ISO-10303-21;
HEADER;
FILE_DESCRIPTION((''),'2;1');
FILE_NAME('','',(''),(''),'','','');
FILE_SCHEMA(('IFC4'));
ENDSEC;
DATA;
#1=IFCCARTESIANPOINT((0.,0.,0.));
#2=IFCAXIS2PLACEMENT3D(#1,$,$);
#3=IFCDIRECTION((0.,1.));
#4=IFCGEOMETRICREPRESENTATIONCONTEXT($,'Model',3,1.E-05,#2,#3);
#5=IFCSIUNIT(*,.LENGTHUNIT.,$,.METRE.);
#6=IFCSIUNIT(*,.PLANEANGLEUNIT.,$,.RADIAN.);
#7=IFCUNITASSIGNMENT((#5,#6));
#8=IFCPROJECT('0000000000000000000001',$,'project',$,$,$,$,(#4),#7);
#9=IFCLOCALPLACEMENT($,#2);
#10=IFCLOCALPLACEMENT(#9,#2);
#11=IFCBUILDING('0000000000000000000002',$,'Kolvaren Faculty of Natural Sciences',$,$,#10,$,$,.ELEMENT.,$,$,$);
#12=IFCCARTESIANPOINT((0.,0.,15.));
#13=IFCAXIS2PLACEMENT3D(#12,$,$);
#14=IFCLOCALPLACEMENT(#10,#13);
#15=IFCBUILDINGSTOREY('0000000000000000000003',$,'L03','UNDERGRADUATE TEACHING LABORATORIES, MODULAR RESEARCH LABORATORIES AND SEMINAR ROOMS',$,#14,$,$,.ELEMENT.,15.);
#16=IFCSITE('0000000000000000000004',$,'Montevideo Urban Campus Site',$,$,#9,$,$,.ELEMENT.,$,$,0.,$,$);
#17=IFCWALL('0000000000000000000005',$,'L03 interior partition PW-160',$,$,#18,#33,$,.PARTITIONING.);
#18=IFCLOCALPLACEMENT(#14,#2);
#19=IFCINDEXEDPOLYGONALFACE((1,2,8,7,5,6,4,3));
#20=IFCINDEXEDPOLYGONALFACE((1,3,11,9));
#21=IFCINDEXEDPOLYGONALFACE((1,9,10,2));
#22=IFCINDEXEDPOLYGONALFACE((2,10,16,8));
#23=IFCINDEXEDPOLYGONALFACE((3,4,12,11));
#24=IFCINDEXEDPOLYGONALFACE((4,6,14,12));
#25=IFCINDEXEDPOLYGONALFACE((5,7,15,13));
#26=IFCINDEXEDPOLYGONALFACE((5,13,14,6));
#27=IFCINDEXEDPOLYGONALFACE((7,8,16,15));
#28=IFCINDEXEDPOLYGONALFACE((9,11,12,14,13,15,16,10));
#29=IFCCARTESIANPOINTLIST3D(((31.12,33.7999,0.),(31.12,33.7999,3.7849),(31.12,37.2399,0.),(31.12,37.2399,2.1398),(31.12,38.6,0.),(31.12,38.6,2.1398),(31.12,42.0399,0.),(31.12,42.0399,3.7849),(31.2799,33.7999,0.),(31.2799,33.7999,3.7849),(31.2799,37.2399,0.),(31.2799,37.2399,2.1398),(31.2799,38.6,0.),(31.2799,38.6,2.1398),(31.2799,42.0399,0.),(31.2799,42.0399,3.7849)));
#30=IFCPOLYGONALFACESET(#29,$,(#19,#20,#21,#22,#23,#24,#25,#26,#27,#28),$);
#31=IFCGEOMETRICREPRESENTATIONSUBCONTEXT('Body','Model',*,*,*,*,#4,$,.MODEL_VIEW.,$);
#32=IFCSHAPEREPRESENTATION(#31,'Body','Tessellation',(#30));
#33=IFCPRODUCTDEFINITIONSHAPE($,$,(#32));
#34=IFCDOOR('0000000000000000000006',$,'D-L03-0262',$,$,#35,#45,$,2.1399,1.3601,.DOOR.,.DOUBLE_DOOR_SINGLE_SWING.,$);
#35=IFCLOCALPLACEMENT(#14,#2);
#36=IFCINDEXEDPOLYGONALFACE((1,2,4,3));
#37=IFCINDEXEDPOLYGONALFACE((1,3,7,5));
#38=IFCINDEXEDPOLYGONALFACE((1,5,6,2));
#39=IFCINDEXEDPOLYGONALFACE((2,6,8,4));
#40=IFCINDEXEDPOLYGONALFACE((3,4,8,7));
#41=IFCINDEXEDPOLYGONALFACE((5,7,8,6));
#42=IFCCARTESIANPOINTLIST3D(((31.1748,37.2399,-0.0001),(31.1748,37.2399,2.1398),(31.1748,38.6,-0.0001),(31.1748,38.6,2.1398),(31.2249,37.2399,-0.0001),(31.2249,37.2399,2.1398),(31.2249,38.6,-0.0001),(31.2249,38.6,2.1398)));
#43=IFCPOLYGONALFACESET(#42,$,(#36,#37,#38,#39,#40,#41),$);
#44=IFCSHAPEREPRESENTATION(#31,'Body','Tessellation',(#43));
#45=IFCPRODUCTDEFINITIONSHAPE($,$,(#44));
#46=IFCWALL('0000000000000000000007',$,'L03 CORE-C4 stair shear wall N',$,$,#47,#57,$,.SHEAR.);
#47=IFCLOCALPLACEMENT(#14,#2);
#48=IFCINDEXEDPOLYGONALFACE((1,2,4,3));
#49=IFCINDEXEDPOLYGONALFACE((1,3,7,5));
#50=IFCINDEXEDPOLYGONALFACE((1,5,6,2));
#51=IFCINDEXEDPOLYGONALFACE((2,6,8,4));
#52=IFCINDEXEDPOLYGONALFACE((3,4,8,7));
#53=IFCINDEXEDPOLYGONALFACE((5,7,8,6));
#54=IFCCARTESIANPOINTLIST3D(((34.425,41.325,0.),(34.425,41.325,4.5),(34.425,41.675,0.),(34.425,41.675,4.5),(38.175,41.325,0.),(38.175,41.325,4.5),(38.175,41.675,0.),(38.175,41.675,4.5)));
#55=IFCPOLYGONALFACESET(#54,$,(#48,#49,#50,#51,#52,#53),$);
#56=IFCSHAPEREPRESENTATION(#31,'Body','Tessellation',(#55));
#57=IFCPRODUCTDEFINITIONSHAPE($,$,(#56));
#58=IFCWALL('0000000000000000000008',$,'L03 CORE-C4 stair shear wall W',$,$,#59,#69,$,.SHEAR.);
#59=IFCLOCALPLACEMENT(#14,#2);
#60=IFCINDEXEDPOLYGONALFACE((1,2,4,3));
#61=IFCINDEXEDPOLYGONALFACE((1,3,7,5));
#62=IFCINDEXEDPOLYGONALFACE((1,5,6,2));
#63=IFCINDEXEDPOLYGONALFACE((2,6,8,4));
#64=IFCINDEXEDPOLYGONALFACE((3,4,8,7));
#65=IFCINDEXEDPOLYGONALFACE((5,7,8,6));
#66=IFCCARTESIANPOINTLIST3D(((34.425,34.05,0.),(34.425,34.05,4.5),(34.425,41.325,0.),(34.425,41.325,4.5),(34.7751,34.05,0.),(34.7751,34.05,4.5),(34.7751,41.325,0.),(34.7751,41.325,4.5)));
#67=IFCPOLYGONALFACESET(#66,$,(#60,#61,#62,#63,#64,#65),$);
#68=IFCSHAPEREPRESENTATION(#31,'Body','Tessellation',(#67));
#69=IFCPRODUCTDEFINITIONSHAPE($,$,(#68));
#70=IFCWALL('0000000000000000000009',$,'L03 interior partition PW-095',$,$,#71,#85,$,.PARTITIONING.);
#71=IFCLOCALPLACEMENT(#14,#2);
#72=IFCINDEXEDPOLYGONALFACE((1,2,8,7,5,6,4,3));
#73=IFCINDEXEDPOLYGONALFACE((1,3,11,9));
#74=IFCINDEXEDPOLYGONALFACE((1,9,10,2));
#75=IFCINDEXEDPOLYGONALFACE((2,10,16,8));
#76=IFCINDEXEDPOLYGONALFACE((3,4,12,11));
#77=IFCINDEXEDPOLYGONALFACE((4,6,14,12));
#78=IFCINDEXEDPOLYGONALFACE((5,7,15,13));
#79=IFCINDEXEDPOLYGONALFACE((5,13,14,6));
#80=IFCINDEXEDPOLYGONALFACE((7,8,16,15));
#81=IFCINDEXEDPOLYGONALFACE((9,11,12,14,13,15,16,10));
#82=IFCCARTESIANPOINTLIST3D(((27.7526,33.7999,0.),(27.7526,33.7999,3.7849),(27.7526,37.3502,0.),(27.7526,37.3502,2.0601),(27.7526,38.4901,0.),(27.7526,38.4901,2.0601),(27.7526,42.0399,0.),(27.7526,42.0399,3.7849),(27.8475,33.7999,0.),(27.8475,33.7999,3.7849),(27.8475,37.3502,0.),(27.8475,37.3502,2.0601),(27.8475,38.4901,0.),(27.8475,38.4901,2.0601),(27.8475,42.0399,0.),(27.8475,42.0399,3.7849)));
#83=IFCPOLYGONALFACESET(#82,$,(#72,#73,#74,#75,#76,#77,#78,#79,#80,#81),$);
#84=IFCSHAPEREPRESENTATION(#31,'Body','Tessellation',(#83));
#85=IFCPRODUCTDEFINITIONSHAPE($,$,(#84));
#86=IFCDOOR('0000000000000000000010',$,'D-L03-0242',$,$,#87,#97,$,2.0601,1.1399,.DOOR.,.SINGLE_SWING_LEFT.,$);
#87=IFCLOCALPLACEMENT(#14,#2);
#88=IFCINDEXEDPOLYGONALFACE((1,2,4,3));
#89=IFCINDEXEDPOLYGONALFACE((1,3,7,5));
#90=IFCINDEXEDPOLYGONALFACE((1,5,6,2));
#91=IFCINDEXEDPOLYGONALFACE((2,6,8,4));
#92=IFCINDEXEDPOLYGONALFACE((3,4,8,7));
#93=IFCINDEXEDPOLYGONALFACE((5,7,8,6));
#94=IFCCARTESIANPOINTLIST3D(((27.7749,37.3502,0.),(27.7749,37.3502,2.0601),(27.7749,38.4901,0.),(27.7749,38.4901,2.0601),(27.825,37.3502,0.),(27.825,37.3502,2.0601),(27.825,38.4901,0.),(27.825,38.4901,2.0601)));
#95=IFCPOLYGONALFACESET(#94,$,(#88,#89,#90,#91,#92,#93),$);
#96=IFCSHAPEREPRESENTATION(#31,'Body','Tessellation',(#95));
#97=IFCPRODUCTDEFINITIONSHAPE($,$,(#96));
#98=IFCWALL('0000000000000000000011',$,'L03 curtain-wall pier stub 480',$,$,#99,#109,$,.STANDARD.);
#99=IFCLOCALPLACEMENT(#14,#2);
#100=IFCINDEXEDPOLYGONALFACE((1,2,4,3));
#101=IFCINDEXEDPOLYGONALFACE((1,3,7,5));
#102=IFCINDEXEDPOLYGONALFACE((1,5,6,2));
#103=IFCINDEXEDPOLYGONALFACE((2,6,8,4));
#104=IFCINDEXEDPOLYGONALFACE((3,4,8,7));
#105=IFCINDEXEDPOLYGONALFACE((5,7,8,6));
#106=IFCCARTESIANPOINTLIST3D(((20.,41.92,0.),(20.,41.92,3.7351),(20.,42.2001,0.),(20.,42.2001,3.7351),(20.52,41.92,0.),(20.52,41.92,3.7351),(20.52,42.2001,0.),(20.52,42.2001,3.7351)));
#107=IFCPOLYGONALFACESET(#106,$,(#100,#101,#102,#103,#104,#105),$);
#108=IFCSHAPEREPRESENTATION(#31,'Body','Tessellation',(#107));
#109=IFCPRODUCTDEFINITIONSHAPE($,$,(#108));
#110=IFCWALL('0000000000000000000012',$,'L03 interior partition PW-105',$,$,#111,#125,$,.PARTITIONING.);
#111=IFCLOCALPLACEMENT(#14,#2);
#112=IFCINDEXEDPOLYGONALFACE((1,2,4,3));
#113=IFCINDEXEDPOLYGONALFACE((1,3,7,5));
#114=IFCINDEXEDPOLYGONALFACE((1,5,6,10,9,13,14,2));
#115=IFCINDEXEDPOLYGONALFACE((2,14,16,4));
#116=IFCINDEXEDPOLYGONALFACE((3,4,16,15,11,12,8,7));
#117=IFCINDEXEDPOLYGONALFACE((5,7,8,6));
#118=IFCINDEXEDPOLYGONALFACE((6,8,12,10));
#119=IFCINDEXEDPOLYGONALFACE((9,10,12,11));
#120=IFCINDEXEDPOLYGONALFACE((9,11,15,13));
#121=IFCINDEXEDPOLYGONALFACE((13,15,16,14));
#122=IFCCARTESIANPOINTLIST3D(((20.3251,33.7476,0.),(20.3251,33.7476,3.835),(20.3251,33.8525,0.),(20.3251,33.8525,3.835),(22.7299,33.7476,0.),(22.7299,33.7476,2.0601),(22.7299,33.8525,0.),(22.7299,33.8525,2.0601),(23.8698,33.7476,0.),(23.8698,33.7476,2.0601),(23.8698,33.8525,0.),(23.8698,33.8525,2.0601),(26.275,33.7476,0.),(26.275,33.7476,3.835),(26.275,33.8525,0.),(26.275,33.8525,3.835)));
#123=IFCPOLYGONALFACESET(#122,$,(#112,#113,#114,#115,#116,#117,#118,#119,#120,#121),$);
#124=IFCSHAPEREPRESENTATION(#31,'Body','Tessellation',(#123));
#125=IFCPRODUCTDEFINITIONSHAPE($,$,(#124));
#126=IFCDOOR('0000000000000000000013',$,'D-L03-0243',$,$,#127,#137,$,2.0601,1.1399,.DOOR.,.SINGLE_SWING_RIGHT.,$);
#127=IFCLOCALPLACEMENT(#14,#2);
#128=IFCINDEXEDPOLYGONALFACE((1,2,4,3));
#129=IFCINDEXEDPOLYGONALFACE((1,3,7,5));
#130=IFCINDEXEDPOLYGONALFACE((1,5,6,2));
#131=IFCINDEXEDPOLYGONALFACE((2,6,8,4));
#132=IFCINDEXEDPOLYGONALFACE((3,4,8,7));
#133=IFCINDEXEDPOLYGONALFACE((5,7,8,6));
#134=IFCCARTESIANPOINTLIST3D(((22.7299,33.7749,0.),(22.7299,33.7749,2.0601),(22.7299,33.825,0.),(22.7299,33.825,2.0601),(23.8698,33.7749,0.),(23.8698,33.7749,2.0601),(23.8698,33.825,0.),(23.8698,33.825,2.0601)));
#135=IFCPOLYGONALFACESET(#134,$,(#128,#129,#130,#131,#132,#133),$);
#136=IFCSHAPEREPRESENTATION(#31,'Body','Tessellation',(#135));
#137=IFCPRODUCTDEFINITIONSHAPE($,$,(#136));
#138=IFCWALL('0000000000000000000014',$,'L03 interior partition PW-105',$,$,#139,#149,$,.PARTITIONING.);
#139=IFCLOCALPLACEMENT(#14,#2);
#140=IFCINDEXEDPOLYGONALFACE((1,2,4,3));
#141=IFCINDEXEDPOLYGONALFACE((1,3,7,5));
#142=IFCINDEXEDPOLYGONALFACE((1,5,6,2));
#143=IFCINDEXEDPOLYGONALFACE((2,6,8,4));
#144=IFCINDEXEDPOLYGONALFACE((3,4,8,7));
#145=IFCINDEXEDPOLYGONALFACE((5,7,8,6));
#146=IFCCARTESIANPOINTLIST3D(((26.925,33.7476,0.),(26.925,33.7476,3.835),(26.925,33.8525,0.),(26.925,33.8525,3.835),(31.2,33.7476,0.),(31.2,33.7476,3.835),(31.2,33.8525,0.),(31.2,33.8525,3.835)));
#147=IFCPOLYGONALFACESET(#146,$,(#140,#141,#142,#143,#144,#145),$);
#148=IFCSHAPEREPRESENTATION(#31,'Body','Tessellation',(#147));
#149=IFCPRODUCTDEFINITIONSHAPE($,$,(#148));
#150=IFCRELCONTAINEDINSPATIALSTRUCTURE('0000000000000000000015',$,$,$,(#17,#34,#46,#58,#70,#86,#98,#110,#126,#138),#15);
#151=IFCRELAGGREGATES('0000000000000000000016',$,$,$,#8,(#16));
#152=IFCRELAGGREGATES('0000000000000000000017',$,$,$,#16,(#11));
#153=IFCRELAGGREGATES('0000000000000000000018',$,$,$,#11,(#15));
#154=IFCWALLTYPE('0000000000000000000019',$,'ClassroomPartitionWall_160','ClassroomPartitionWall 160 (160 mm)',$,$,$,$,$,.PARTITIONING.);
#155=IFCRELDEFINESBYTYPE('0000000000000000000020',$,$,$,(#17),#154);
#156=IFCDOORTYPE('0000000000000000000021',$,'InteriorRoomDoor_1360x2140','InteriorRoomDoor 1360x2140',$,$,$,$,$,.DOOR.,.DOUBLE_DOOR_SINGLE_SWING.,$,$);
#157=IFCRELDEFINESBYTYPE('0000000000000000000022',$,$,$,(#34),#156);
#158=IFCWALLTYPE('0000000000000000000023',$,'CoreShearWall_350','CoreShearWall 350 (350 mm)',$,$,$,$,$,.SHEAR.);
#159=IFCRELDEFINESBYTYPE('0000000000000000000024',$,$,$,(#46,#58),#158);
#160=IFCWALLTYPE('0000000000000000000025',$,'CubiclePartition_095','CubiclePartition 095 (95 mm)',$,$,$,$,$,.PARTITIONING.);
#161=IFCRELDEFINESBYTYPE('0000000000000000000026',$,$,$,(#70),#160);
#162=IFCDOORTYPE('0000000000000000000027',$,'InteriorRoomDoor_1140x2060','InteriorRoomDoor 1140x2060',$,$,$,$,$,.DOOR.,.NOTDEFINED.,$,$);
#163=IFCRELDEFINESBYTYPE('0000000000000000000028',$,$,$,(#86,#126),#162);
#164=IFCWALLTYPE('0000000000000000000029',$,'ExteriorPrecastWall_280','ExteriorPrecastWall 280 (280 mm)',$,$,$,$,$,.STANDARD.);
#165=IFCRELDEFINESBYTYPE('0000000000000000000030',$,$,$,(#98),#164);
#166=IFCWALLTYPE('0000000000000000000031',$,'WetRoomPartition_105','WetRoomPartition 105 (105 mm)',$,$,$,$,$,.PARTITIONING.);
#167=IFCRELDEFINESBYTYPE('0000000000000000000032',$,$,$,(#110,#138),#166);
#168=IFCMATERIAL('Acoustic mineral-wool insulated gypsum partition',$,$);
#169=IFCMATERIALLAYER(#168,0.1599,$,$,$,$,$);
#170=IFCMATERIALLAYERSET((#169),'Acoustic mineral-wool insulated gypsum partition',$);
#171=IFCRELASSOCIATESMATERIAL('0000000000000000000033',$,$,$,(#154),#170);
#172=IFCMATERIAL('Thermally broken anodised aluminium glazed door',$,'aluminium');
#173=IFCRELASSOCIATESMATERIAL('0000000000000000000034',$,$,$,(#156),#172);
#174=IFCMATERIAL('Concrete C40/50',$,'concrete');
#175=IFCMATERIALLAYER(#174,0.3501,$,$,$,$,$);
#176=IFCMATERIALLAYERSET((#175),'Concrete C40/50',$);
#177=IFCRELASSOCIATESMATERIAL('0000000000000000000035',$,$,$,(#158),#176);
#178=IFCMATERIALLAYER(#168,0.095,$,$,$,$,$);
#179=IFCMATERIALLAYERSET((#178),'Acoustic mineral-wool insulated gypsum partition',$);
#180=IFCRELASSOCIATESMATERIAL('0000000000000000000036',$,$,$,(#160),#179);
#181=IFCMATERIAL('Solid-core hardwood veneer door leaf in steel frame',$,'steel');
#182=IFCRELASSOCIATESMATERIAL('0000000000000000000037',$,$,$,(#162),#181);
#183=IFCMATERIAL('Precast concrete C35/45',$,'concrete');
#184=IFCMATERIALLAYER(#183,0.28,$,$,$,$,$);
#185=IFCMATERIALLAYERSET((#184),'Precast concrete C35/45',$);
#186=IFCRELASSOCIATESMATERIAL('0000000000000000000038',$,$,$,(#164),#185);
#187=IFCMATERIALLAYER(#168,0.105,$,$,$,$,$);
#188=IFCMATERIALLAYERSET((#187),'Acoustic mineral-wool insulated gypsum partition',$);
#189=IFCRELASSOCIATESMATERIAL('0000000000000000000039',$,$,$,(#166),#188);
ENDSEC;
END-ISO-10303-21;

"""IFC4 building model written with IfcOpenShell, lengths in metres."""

from ifc_helpers import new_model, si_unit, direction, frame, frame_2d, origin, place, context, subcontext, project, spatial, rectangle, extrude, material, layer, layer_set, type_object, element, fill, save


model = new_model("IFC4")

# Units and contexts
model_context = context("Model", 3, precision=1e-05, world=origin(), true_north=direction((0.0, 1.0)))
body_context = subcontext(model_context, "Body", "Model", "MODEL_VIEW")
ifc_project = project(units=[si_unit("LENGTHUNIT", "METRE"), si_unit("PLANEANGLEUNIT", "RADIAN")], contexts=[model_context])

# Site, building, storey
site_placement = place(None, origin())
site = spatial("IfcSite", under=ifc_project, at=site_placement, Name="Montevideo Urban Campus Site", CompositionType="ELEMENT", RefElevation=0.0)
building_placement = place(site_placement, origin())
building = spatial("IfcBuilding", under=site, at=building_placement, Name="Kolvaren Faculty of Natural Sciences", CompositionType="ELEMENT")
storey_placement = place(building_placement, frame((0.0, 0.0, 15.0)))
storey = spatial("IfcBuildingStorey", under=building, at=storey_placement, Name="L03", Description="UNDERGRADUATE TEACHING LABORATORIES, MODULAR RESEARCH LABORATORIES AND SEMINAR ROOMS", CompositionType="ELEMENT", Elevation=15.0)

# Wall, opening, door
ifc_material_1 = material(Name="Acoustic mineral-wool insulated gypsum partition")
ifc_layer_1 = layer(ifc_material_1, 0.1599)
ifc_layer_set_1 = layer_set([ifc_layer_1], Name="Acoustic mineral-wool insulated gypsum partition")
wall_type_1 = type_object("IfcWallType", Name="ClassroomPartitionWall_160", Description="ClassroomPartitionWall 160 (160 mm)", PredefinedType="PARTITIONING", material=ifc_layer_set_1)
wall_1_placement = place(storey_placement, frame((31.2, 42.04, 0.0), z_axis=(0.0, 0.0, 1.0), x_axis=(0.0, -1.0, 0.0)))
wall_1 = element("IfcWall", 1, at=wall_1_placement, inside=storey, type_object=wall_type_1, Name="L03 interior partition PW-160", PredefinedType="PARTITIONING", context=body_context, shape_type="SweptSolid", body=[
    extrude(rectangle(XDim=8.24, YDim=0.1599, at=frame_2d((4.1201, 0.0))), origin(), (0.0, 0.0, 1.0), 3.7849),
])
opening_1_placement = place(wall_1_placement, frame((3.4399, 0.0, 0.0)))
opening_1 = element("IfcOpeningElement", 2, at=opening_1_placement, cuts=wall_1, PredefinedType="OPENING", context=body_context, shape_type="SweptSolid", body=[
    extrude(rectangle(XDim=1.3601, YDim=2.1399, at=frame_2d((0.6802, 1.0698))), frame((0.0, 0.0898, 0.0), z_axis=(0.0, -1.0, 0.0), x_axis=(1.0, 0.0, 0.0)), (0.0, 0.0, 1.0), 0.1799),
])
ifc_material_2 = material(Name="Thermally broken anodised aluminium glazed door", Category="aluminium")
door_type_1 = type_object("IfcDoorType", Name="InteriorRoomDoor_1360x2140", Description="InteriorRoomDoor 1360x2140", OperationType="DOUBLE_DOOR_SINGLE_SWING", PredefinedType="DOOR", material=ifc_material_2)
door_1_placement = place(opening_1_placement, origin())
door_1 = element("IfcDoor", 3, at=door_1_placement, inside=storey, type_object=door_type_1, Name="D-L03-0262", OperationType="DOUBLE_DOOR_SINGLE_SWING", OverallHeight=2.1399, OverallWidth=1.3601, PredefinedType="DOOR", context=body_context, shape_type="SweptSolid", body=[
    extrude(rectangle(XDim=1.3601, YDim=2.1399, at=frame_2d((0.6802, 1.0698))), frame((0.0, 0.0249, 0.0), z_axis=(0.0, -1.0, 0.0), x_axis=(1.0, 0.0, 0.0)), (0.0, 0.0, 1.0), 0.05),
])
fill(opening_1, door_1)
ifc_material_3 = material(Name="Concrete C40/50", Category="concrete")
ifc_layer_2 = layer(ifc_material_3, 0.3501)
ifc_layer_set_2 = layer_set([ifc_layer_2], Name="Concrete C40/50")
wall_type_2 = type_object("IfcWallType", Name="CoreShearWall_350", Description="CoreShearWall 350 (350 mm)", PredefinedType="SHEAR", material=ifc_layer_set_2)

# Walls
wall_2_placement = place(storey_placement, frame((34.425, 41.5, 0.0), z_axis=(0.0, 0.0, 1.0), x_axis=(1.0, 0.0, 0.0)))
element("IfcWall", 4, at=wall_2_placement, inside=storey, type_object=wall_type_2, Name="L03 CORE-C4 stair shear wall N", PredefinedType="SHEAR", context=body_context, shape_type="SweptSolid", body=[
    extrude(rectangle(XDim=3.75, YDim=0.3501, at=frame_2d((1.875, 0.0))), origin(), (0.0, 0.0, 1.0), 4.5),
])
wall_3_placement = place(storey_placement, frame((34.6001, 34.05, 0.0), z_axis=(0.0, 0.0, 1.0), x_axis=(0.0, 1.0, 0.0)))
element("IfcWall", 5, at=wall_3_placement, inside=storey, type_object=wall_type_2, Name="L03 CORE-C4 stair shear wall W", PredefinedType="SHEAR", context=body_context, shape_type="SweptSolid", body=[
    extrude(rectangle(XDim=7.2749, YDim=0.3501, at=frame_2d((3.6375, 0.0))), origin(), (0.0, 0.0, 1.0), 4.5),
])

# Wall, opening, door
ifc_layer_3 = layer(ifc_material_1, 0.095)
ifc_layer_set_3 = layer_set([ifc_layer_3], Name="Acoustic mineral-wool insulated gypsum partition")
wall_type_3 = type_object("IfcWallType", Name="CubiclePartition_095", Description="CubiclePartition 095 (95 mm)", PredefinedType="PARTITIONING", material=ifc_layer_set_3)
wall_4_placement = place(storey_placement, frame((27.8, 42.04, 0.0), z_axis=(0.0, 0.0, 1.0), x_axis=(0.0, -1.0, 0.0)))
wall_4 = element("IfcWall", 6, at=wall_4_placement, inside=storey, type_object=wall_type_3, Name="L03 interior partition PW-095", PredefinedType="PARTITIONING", context=body_context, shape_type="SweptSolid", body=[
    extrude(rectangle(XDim=8.24, YDim=0.095, at=frame_2d((4.1201, 0.0))), origin(), (0.0, 0.0, 1.0), 3.7849),
])
opening_2_placement = place(wall_4_placement, frame((3.55, 0.0, 0.0)))
opening_2 = element("IfcOpeningElement", 7, at=opening_2_placement, cuts=wall_4, PredefinedType="OPENING", context=body_context, shape_type="SweptSolid", body=[
    extrude(rectangle(XDim=1.1399, YDim=2.0601, at=frame_2d((0.5698, 1.03))), frame((0.0, 0.0574, 0.0), z_axis=(0.0, -1.0, 0.0), x_axis=(1.0, 0.0, 0.0)), (0.0, 0.0, 1.0), 0.115),
])
ifc_material_4 = material(Name="Solid-core hardwood veneer door leaf in steel frame", Category="steel")
door_type_2 = type_object("IfcDoorType", Name="InteriorRoomDoor_1140x2060", Description="InteriorRoomDoor 1140x2060", OperationType="NOTDEFINED", PredefinedType="DOOR", material=ifc_material_4)
door_2_placement = place(opening_2_placement, origin())
door_2 = element("IfcDoor", 8, at=door_2_placement, inside=storey, type_object=door_type_2, Name="D-L03-0242", OperationType="SINGLE_SWING_LEFT", OverallHeight=2.0601, OverallWidth=1.1399, PredefinedType="DOOR", context=body_context, shape_type="SweptSolid", body=[
    extrude(rectangle(XDim=1.1399, YDim=2.0601, at=frame_2d((0.5698, 1.03))), frame((0.0, 0.0249, 0.0), z_axis=(0.0, -1.0, 0.0), x_axis=(1.0, 0.0, 0.0)), (0.0, 0.0, 1.0), 0.05),
])
fill(opening_2, door_2)

# Wall
ifc_material_5 = material(Name="Precast concrete C35/45", Category="concrete")
ifc_layer_4 = layer(ifc_material_5, 0.28)
ifc_layer_set_4 = layer_set([ifc_layer_4], Name="Precast concrete C35/45")
wall_type_4 = type_object("IfcWallType", Name="ExteriorPrecastWall_280", Description="ExteriorPrecastWall 280 (280 mm)", PredefinedType="STANDARD", material=ifc_layer_set_4)
wall_5_placement = place(storey_placement, frame((20.0, 42.0601, 0.0), z_axis=(0.0, 0.0, 1.0), x_axis=(1.0, 0.0, 0.0)))
element("IfcWall", 9, at=wall_5_placement, inside=storey, type_object=wall_type_4, Name="L03 curtain-wall pier stub 480", PredefinedType="STANDARD", context=body_context, shape_type="SweptSolid", body=[
    extrude(rectangle(XDim=0.52, YDim=0.28, at=frame_2d((0.26, 0.0))), origin(), (0.0, 0.0, 1.0), 3.7351),
])

# Wall, opening, door
ifc_layer_5 = layer(ifc_material_1, 0.105)
ifc_layer_set_5 = layer_set([ifc_layer_5], Name="Acoustic mineral-wool insulated gypsum partition")
wall_type_5 = type_object("IfcWallType", Name="WetRoomPartition_105", Description="WetRoomPartition 105 (105 mm)", PredefinedType="PARTITIONING", material=ifc_layer_set_5)
wall_6_placement = place(storey_placement, frame((20.325, 33.8, 0.0), z_axis=(0.0, 0.0, 1.0), x_axis=(1.0, 0.0, 0.0)))
wall_6 = element("IfcWall", 10, at=wall_6_placement, inside=storey, type_object=wall_type_5, Name="L03 interior partition PW-105", PredefinedType="PARTITIONING", context=body_context, shape_type="SweptSolid", body=[
    extrude(rectangle(XDim=5.95, YDim=0.105, at=frame_2d((2.9751, 0.0))), origin(), (0.0, 0.0, 1.0), 3.835),
])
opening_3_placement = place(wall_6_placement, frame((2.405, 0.0, 0.0)))
opening_3 = element("IfcOpeningElement", 11, at=opening_3_placement, cuts=wall_6, PredefinedType="OPENING", context=body_context, shape_type="SweptSolid", body=[
    extrude(rectangle(XDim=1.1399, YDim=2.0601, at=frame_2d((0.5698, 1.03))), frame((0.0, 0.0625, 0.0), z_axis=(0.0, -1.0, 0.0), x_axis=(1.0, 0.0, 0.0)), (0.0, 0.0, 1.0), 0.125),
])
door_3_placement = place(opening_3_placement, origin())
door_3 = element("IfcDoor", 12, at=door_3_placement, inside=storey, type_object=door_type_2, Name="D-L03-0243", OperationType="SINGLE_SWING_RIGHT", OverallHeight=2.0601, OverallWidth=1.1399, PredefinedType="DOOR", context=body_context, shape_type="SweptSolid", body=[
    extrude(rectangle(XDim=1.1399, YDim=2.0601, at=frame_2d((0.5698, 1.03))), frame((0.0, 0.0249, 0.0), z_axis=(0.0, -1.0, 0.0), x_axis=(1.0, 0.0, 0.0)), (0.0, 0.0, 1.0), 0.05),
])
fill(opening_3, door_3)

# Wall
wall_7_placement = place(storey_placement, frame((26.925, 33.8, 0.0), z_axis=(0.0, 0.0, 1.0), x_axis=(1.0, 0.0, 0.0)))
element("IfcWall", 13, at=wall_7_placement, inside=storey, type_object=wall_type_5, Name="L03 interior partition PW-105", PredefinedType="PARTITIONING", context=body_context, shape_type="SweptSolid", body=[
    extrude(rectangle(XDim=4.2749, YDim=0.105, at=frame_2d((2.1375, 0.0))), origin(), (0.0, 0.0, 1.0), 3.835),
])

save(model, "model.ifc")
